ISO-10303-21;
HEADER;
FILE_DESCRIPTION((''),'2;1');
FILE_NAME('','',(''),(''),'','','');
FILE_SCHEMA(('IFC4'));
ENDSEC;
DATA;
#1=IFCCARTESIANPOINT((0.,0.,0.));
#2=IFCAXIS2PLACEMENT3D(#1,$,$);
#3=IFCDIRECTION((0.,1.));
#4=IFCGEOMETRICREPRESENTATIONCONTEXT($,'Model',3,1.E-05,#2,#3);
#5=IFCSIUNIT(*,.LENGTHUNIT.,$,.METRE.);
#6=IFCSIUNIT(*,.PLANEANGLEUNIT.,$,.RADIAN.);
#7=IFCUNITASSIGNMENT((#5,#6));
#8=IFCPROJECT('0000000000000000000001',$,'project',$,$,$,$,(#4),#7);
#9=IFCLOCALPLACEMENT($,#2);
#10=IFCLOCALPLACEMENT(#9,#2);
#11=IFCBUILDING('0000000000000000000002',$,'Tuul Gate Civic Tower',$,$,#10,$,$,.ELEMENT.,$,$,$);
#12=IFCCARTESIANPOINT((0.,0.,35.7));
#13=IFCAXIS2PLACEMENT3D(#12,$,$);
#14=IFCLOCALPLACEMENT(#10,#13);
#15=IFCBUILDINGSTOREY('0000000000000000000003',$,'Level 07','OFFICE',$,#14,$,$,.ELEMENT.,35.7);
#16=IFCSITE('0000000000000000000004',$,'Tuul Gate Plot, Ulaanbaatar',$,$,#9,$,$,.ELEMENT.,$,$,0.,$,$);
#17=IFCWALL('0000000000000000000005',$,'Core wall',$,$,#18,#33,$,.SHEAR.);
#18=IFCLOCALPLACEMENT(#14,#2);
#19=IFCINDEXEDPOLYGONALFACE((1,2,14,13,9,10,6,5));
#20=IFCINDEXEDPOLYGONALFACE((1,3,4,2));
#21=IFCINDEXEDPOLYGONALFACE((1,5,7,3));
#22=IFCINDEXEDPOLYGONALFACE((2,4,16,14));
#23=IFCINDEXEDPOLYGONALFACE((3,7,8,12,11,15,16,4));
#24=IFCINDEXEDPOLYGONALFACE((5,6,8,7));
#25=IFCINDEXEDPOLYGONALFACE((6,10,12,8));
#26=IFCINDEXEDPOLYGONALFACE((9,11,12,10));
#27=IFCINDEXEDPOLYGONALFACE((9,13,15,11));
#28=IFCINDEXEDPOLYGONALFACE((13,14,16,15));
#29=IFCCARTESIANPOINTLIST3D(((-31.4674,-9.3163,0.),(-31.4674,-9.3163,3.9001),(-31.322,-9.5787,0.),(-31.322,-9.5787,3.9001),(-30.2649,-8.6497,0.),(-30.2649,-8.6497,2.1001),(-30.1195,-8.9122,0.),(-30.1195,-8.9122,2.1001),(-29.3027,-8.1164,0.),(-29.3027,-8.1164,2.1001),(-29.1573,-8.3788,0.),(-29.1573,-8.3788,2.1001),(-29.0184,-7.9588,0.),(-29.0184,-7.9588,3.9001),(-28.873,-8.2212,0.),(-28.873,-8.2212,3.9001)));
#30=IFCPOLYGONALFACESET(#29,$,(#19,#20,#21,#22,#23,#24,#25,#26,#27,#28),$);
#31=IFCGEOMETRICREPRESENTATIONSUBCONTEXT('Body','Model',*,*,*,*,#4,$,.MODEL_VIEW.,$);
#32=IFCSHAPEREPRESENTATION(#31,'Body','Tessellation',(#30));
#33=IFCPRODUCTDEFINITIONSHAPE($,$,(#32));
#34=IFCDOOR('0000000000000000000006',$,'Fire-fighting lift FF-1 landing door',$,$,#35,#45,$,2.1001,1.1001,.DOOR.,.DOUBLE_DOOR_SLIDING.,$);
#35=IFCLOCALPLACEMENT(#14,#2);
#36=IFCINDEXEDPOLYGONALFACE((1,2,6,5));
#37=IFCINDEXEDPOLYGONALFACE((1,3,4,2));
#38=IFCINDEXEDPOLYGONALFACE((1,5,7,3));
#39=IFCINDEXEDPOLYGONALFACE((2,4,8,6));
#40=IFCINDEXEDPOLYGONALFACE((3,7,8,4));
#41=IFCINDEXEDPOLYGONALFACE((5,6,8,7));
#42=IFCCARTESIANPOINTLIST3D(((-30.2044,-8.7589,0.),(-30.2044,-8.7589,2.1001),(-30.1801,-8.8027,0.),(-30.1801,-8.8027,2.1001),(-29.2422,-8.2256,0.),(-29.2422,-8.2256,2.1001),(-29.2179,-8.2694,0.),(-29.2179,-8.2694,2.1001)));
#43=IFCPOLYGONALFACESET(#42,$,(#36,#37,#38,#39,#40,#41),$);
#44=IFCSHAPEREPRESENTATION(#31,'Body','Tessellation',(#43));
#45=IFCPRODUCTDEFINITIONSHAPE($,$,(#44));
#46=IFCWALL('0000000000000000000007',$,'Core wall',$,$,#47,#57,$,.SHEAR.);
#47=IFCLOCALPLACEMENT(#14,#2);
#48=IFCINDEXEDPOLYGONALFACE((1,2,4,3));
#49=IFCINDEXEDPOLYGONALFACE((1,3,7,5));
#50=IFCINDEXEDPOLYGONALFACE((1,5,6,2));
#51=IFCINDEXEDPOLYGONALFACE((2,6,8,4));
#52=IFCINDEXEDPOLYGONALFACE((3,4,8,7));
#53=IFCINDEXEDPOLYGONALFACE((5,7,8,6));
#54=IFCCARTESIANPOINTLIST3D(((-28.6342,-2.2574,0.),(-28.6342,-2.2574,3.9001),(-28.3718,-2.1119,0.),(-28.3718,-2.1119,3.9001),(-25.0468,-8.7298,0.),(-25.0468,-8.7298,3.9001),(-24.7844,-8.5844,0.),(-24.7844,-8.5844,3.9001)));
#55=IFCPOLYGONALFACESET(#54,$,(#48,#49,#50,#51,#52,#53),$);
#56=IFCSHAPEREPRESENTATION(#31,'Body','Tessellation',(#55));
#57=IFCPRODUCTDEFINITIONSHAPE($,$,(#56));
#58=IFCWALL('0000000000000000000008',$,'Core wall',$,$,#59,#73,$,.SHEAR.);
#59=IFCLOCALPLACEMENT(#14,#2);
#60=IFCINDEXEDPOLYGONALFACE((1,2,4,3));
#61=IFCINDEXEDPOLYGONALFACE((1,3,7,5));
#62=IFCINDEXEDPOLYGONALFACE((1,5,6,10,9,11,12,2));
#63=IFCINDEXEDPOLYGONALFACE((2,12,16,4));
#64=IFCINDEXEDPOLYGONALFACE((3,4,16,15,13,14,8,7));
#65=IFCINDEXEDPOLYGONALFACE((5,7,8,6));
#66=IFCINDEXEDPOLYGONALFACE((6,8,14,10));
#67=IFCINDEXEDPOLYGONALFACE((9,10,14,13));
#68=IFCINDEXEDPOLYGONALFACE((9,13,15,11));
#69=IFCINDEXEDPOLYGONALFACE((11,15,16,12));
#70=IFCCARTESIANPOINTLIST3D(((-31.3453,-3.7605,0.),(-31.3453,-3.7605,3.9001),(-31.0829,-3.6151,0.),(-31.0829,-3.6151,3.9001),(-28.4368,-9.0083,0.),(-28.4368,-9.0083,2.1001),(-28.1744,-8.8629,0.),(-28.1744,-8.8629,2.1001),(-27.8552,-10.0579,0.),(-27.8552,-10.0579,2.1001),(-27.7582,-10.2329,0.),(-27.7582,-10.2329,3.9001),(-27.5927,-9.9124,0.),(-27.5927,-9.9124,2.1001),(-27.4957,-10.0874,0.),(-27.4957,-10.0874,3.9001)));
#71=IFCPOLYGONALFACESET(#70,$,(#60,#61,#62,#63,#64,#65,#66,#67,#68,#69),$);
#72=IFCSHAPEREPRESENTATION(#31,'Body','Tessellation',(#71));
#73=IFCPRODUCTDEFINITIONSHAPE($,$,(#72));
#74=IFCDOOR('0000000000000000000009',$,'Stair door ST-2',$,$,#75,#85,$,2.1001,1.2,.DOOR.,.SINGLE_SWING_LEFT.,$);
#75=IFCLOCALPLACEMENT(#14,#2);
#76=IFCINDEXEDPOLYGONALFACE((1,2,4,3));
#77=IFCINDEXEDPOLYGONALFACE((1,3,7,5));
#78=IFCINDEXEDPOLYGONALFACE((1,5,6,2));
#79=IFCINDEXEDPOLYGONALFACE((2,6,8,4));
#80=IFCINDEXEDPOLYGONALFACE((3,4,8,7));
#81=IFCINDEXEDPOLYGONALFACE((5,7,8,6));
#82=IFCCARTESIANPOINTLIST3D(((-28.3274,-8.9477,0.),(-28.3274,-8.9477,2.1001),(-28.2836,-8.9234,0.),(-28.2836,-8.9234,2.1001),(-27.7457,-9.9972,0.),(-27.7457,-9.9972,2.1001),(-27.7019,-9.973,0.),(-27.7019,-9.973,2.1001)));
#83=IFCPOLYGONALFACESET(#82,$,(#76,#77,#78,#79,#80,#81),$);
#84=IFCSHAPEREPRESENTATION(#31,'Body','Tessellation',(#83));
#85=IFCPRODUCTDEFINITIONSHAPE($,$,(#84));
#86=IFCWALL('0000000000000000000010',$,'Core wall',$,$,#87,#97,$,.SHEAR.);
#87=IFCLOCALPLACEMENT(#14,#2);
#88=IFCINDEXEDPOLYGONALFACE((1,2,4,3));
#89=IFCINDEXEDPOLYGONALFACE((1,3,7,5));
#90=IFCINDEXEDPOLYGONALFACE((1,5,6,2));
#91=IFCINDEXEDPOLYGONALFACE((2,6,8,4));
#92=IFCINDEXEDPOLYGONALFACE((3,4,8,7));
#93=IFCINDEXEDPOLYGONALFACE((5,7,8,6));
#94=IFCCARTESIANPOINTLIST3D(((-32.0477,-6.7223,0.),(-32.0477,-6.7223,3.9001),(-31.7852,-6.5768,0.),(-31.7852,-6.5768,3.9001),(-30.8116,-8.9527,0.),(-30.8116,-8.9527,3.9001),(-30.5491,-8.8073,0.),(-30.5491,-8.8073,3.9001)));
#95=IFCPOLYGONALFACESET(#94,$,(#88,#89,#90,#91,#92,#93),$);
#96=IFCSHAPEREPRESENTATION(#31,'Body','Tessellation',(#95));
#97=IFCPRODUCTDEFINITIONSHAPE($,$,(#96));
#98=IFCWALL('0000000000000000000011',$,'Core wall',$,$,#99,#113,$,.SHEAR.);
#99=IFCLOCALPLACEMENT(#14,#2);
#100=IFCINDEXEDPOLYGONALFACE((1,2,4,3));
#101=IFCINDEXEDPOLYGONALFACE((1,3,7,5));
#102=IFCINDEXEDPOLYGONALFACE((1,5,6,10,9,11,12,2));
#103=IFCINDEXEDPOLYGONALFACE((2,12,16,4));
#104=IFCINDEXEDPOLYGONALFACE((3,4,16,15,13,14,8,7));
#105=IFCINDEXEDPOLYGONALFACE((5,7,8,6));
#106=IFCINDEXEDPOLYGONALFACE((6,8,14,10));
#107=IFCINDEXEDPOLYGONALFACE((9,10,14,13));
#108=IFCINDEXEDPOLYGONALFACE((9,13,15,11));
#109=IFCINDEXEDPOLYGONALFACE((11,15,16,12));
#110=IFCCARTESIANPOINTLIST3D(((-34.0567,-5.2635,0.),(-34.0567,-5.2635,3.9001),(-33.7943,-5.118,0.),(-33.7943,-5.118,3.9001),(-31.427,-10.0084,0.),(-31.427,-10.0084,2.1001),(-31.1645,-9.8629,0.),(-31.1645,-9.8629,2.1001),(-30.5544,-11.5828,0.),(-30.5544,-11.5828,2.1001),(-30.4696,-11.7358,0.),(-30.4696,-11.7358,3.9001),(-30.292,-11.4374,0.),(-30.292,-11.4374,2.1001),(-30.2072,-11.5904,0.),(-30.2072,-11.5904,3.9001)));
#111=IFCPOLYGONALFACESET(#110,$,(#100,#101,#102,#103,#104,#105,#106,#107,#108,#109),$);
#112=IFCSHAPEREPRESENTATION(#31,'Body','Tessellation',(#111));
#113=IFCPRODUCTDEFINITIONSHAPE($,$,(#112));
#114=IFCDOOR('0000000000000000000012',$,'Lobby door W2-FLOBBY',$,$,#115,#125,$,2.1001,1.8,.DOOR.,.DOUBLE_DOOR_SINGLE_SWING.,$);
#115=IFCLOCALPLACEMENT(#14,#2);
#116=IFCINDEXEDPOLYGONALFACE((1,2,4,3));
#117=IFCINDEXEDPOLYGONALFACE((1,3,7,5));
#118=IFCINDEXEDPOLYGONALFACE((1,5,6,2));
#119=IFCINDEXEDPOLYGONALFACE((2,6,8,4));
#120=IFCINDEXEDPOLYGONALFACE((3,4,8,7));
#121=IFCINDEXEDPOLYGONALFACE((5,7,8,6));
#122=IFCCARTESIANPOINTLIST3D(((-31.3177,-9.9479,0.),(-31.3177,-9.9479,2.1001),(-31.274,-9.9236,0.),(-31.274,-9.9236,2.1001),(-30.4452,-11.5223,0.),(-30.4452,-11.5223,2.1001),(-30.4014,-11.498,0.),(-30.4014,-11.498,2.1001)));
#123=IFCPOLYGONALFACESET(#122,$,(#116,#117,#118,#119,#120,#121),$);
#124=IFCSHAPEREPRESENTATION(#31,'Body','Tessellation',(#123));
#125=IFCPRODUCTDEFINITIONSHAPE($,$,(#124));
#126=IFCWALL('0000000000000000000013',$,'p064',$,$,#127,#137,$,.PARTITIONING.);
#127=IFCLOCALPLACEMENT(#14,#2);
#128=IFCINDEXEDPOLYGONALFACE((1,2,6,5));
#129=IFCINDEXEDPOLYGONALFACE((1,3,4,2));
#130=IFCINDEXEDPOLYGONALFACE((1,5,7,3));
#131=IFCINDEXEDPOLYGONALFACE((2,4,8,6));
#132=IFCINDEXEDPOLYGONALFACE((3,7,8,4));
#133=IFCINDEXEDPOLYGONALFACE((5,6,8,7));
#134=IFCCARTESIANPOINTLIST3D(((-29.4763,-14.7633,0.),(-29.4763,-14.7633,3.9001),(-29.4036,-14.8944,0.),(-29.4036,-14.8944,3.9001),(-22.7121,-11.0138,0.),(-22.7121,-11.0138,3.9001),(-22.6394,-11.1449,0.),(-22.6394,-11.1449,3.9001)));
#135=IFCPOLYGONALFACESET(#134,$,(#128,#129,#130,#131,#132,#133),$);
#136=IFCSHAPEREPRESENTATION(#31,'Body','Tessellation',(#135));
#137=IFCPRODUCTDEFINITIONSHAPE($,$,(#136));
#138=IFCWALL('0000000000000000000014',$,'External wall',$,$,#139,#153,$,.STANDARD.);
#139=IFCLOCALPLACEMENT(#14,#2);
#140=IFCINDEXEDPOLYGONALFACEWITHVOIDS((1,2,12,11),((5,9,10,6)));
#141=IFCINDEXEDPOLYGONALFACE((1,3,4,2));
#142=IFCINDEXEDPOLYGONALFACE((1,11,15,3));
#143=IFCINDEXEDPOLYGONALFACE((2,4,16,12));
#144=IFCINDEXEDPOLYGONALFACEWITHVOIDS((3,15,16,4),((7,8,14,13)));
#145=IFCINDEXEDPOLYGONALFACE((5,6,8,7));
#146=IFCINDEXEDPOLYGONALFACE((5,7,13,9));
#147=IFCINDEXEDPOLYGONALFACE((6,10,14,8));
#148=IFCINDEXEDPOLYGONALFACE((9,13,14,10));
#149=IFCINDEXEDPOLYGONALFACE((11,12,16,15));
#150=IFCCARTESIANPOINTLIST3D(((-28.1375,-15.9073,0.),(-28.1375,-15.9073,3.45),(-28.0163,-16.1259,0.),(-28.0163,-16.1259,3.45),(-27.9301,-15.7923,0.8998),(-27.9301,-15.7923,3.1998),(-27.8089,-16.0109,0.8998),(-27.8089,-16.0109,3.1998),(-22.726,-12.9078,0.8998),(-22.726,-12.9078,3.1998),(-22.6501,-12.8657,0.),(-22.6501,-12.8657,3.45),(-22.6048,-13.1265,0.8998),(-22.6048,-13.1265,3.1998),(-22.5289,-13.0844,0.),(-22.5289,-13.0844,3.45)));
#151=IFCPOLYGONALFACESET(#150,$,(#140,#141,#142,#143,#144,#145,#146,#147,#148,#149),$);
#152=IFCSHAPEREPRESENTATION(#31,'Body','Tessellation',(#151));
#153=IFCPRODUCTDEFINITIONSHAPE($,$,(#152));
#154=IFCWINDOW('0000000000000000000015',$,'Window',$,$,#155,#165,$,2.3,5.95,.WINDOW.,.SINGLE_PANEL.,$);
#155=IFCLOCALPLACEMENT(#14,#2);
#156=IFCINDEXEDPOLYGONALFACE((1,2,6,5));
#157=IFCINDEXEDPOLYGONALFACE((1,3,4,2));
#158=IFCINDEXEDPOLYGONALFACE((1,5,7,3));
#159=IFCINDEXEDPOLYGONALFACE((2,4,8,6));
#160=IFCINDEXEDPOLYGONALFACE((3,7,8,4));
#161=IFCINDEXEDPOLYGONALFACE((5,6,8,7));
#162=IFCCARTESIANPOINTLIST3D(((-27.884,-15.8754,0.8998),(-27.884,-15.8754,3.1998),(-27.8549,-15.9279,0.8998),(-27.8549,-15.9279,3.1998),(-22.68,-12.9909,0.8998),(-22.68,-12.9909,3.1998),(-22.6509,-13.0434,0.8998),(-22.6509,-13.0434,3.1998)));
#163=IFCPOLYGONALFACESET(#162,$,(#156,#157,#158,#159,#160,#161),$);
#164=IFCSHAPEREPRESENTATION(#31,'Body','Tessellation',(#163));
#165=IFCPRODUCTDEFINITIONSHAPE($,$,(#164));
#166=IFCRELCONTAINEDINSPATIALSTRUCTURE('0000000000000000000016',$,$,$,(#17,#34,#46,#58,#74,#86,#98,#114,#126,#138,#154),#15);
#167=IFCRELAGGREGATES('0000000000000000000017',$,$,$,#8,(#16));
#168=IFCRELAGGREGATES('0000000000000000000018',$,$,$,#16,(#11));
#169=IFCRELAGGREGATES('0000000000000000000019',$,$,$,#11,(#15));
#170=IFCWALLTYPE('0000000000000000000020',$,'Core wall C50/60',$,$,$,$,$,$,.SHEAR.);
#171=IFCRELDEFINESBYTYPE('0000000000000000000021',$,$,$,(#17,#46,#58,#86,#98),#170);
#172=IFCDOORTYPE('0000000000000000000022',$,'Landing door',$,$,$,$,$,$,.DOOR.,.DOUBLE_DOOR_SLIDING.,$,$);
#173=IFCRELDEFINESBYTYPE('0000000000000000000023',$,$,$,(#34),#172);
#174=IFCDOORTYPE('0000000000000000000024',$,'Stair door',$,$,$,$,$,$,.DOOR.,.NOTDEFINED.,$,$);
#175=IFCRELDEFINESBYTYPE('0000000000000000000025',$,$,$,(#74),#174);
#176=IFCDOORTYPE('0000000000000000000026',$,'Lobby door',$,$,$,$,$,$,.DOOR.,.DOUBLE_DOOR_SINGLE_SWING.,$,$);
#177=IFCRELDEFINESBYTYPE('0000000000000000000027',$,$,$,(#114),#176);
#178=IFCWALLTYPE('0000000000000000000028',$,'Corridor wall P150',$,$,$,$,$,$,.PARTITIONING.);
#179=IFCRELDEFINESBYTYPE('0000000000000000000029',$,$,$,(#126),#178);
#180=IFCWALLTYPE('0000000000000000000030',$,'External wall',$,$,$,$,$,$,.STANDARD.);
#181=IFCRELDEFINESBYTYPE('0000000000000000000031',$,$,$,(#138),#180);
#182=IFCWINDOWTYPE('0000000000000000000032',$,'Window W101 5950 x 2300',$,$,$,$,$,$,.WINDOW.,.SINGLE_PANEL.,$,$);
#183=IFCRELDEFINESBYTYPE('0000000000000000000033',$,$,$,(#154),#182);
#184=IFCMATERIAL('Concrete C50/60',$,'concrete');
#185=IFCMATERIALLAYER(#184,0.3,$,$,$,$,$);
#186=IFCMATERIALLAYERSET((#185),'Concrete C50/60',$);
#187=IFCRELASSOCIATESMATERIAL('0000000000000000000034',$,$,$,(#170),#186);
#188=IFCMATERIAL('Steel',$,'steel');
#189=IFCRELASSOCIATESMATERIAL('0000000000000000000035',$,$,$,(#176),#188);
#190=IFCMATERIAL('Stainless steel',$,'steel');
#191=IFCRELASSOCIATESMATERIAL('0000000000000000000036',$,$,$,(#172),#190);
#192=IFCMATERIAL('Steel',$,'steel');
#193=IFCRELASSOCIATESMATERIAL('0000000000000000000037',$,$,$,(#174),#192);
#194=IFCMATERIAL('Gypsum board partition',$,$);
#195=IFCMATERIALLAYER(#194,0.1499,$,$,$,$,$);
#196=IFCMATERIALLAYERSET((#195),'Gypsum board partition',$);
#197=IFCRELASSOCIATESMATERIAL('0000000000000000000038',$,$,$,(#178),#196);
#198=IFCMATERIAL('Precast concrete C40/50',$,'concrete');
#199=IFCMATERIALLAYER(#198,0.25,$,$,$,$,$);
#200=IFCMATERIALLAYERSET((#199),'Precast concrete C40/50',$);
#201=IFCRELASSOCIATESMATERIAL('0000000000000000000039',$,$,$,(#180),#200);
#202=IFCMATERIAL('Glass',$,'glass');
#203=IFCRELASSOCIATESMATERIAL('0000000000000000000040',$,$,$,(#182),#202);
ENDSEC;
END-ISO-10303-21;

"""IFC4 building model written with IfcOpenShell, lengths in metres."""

from ifc_helpers import new_model, si_unit, direction, frame, frame_2d, origin, place, context, subcontext, project, spatial, rectangle, extrude, material, layer, layer_set, type_object, element, fill, save


model = new_model("IFC4")

# Units and contexts
model_context = context("Model", 3, precision=1e-05, world=origin(), true_north=direction((0.0, 1.0)))
body_context = subcontext(model_context, "Body", "Model", "MODEL_VIEW")
ifc_project = project(units=[si_unit("LENGTHUNIT", "METRE"), si_unit("PLANEANGLEUNIT", "RADIAN")], contexts=[model_context])

# Site, building, storey
site_placement = place(None, origin())
site = spatial("IfcSite", under=ifc_project, at=site_placement, Name="Tuul Gate Plot, Ulaanbaatar", CompositionType="ELEMENT", RefElevation=0.0)
building_placement = place(site_placement, origin())
building = spatial("IfcBuilding", under=site, at=building_placement, Name="Tuul Gate Civic Tower", CompositionType="ELEMENT")
storey_placement = place(building_placement, frame((0.0, 0.0, 35.7)))
storey = spatial("IfcBuildingStorey", under=building, at=storey_placement, Name="Level 07", Description="OFFICE", CompositionType="ELEMENT", Elevation=35.7)

# Shared definitions
ifc_material_1 = material(Name="Concrete C50/60", Category="concrete")
ifc_layer_1 = layer(ifc_material_1, 0.3)
ifc_layer_set_1 = layer_set([ifc_layer_1], Name="Concrete C50/60")
wall_type_1 = type_object("IfcWallType", Name="Core wall C50/60", PredefinedType="SHEAR", material=ifc_layer_set_1)
ifc_material_2 = material(Name="Steel", Category="steel")
door_type_1 = type_object("IfcDoorType", Name="Lobby door", OperationType="DOUBLE_DOOR_SINGLE_SWING", PredefinedType="DOOR", material=ifc_material_2)

# Wall, opening, door
wall_1_placement = place(storey_placement, frame((-28.9458, -8.0901, 0.0), z_axis=(0.0, 0.0, 1.0), x_axis=(-0.87463, -0.484791, 0.0)))
wall_1 = element("IfcWall", 1, at=wall_1_placement, inside=storey, type_object=wall_type_1, Name="Core wall", PredefinedType="SHEAR", context=body_context, shape_type="SweptSolid", body=[
    extrude(rectangle(XDim=2.8, YDim=0.3, at=frame_2d((1.3999, 0.0))), origin(), (0.0, 0.0, 1.0), 3.9001),
])
opening_1_placement = place(wall_1_placement, frame((0.325, 0.0, 0.0)))
opening_1 = element("IfcOpeningElement", 2, at=opening_1_placement, cuts=wall_1, PredefinedType="OPENING", context=body_context, shape_type="SweptSolid", body=[
    extrude(rectangle(XDim=1.1001, YDim=2.1001, at=frame_2d((0.55, 1.05))), frame((0.0, 0.1602, 0.0), z_axis=(0.0, -1.0, 0.0), x_axis=(1.0, 0.0, 0.0)), (0.0, 0.0, 1.0), 0.3201),
])
ifc_material_3 = material(Name="Stainless steel", Category="steel")
door_type_2 = type_object("IfcDoorType", Name="Landing door", OperationType="DOUBLE_DOOR_SLIDING", PredefinedType="DOOR", material=ifc_material_3)
door_1_placement = place(opening_1_placement, origin())
door_1 = element("IfcDoor", 3, at=door_1_placement, inside=storey, type_object=door_type_2, Name="Fire-fighting lift FF-1 landing door", OperationType="DOUBLE_DOOR_SLIDING", OverallHeight=2.1001, OverallWidth=1.1001, PredefinedType="DOOR", context=body_context, shape_type="SweptSolid", body=[
    extrude(rectangle(XDim=1.1001, YDim=2.1001, at=frame_2d((0.55, 1.05))), frame((0.0, 0.0249, 0.0), z_axis=(0.0, -1.0, 0.0), x_axis=(1.0, 0.0, 0.0)), (0.0, 0.0, 1.0), 0.05),
])
fill(opening_1, door_1)

# Wall
wall_2_placement = place(storey_placement, frame((-24.9155, -8.6572, 0.0), z_axis=(0.0, 0.0, 1.0), x_axis=(-0.484777, 0.874638, 0.0)))
element("IfcWall", 4, at=wall_2_placement, inside=storey, type_object=wall_type_1, Name="Core wall", PredefinedType="SHEAR", context=body_context, shape_type="SweptSolid", body=[
    extrude(rectangle(XDim=7.4001, YDim=0.3, at=frame_2d((3.7002, 0.0))), origin(), (0.0, 0.0, 1.0), 3.9001),
])

# Wall, opening, door
wall_3_placement = place(storey_placement, frame((-27.627, -10.1602, 0.0), z_axis=(0.0, 0.0, 1.0), x_axis=(-0.484752, 0.874652, 0.0)))
wall_3 = element("IfcWall", 5, at=wall_3_placement, inside=storey, type_object=wall_type_1, Name="Core wall", PredefinedType="SHEAR", context=body_context, shape_type="SweptSolid", body=[
    extrude(rectangle(XDim=7.3999, YDim=0.3, at=frame_2d((3.7, 0.0))), origin(), (0.0, 0.0, 1.0), 3.9001),
])
opening_2_placement = place(wall_3_placement, frame((0.2, 0.0, 0.0)))
opening_2 = element("IfcOpeningElement", 6, at=opening_2_placement, cuts=wall_3, PredefinedType="OPENING", context=body_context, shape_type="SweptSolid", body=[
    extrude(rectangle(XDim=1.2, YDim=2.1001, at=frame_2d((0.6001, 1.05))), frame((0.0, 0.1602, 0.0), z_axis=(0.0, -1.0, 0.0), x_axis=(1.0, 0.0, 0.0)), (0.0, 0.0, 1.0), 0.3201),
])
ifc_material_4 = material(Name="Steel", Category="steel")
door_type_3 = type_object("IfcDoorType", Name="Stair door", OperationType="NOTDEFINED", PredefinedType="DOOR", material=ifc_material_4)
door_2_placement = place(opening_2_placement, origin())
door_2 = element("IfcDoor", 7, at=door_2_placement, inside=storey, type_object=door_type_3, Name="Stair door ST-2", OperationType="SINGLE_SWING_LEFT", OverallHeight=2.1001, OverallWidth=1.2, PredefinedType="DOOR", context=body_context, shape_type="SweptSolid", body=[
    extrude(rectangle(XDim=1.2, YDim=2.1001, at=frame_2d((0.6001, 1.05))), frame((0.0, 0.0249, 0.0), z_axis=(0.0, -1.0, 0.0), x_axis=(1.0, 0.0, 0.0)), (0.0, 0.0, 1.0), 0.05),
])
fill(opening_2, door_2)

# Wall
wall_4_placement = place(storey_placement, frame((-30.6804, -8.8799, 0.0), z_axis=(0.0, 0.0, 1.0), x_axis=(-0.484724, 0.874667, 0.0)))
element("IfcWall", 8, at=wall_4_placement, inside=storey, type_object=wall_type_1, Name="Core wall", PredefinedType="SHEAR", context=body_context, shape_type="SweptSolid", body=[
    extrude(rectangle(XDim=2.55, YDim=0.3, at=frame_2d((1.2749, 0.0))), origin(), (0.0, 0.0, 1.0), 3.9001),
])

# Wall, opening, door
wall_5_placement = place(storey_placement, frame((-30.3384, -11.6631, 0.0), z_axis=(0.0, 0.0, 1.0), x_axis=(-0.484752, 0.874652, 0.0)))
wall_5 = element("IfcWall", 9, at=wall_5_placement, inside=storey, type_object=wall_type_1, Name="Core wall", PredefinedType="SHEAR", context=body_context, shape_type="SweptSolid", body=[
    extrude(rectangle(XDim=7.3999, YDim=0.3, at=frame_2d((3.7, 0.0))), origin(), (0.0, 0.0, 1.0), 3.9001),
])
opening_3_placement = place(wall_5_placement, frame((0.175, 0.0, 0.0)))
opening_3 = element("IfcOpeningElement", 10, at=opening_3_placement, cuts=wall_5, PredefinedType="OPENING", context=body_context, shape_type="SweptSolid", body=[
    extrude(rectangle(XDim=1.8, YDim=2.1001, at=frame_2d((0.8999, 1.05))), frame((0.0, 0.1602, 0.0), z_axis=(0.0, -1.0, 0.0), x_axis=(1.0, 0.0, 0.0)), (0.0, 0.0, 1.0), 0.3201),
])
door_3_placement = place(opening_3_placement, frame((1.8, 0.0, 0.0), z_axis=(0.0, 0.0, 1.0), x_axis=(-1.0, 0.0, 0.0)))
door_3 = element("IfcDoor", 11, at=door_3_placement, inside=storey, type_object=door_type_1, Name="Lobby door W2-FLOBBY", OperationType="DOUBLE_DOOR_SINGLE_SWING", OverallHeight=2.1001, OverallWidth=1.8, PredefinedType="DOOR", context=body_context, shape_type="SweptSolid", body=[
    extrude(rectangle(XDim=1.8, YDim=2.1001, at=frame_2d((0.9001, 1.05))), frame((0.0, 0.0249, 0.0), z_axis=(0.0, -1.0, 0.0), x_axis=(1.0, 0.0, 0.0)), (0.0, 0.0, 1.0), 0.05),
])
fill(opening_3, door_3)

# Wall
ifc_material_5 = material(Name="Gypsum board partition")
ifc_layer_2 = layer(ifc_material_5, 0.1499)
ifc_layer_set_2 = layer_set([ifc_layer_2], Name="Gypsum board partition")
wall_type_2 = type_object("IfcWallType", Name="Corridor wall P150", PredefinedType="PARTITIONING", material=ifc_layer_set_2)
wall_6_placement = place(storey_placement, frame((-29.4399, -14.8289, 0.0), z_axis=(0.0, 0.0, 1.0), x_axis=(0.874616, 0.484817, 0.0)))
element("IfcWall", 12, at=wall_6_placement, inside=storey, type_object=wall_type_2, Name="p064", PredefinedType="PARTITIONING", context=body_context, shape_type="SweptSolid", body=[
    extrude(rectangle(XDim=7.7339, YDim=0.1499, at=frame_2d((3.8669, 0.0))), origin(), (0.0, 0.0, 1.0), 3.9001),
])

# Wall, opening, window
ifc_material_6 = material(Name="Precast concrete C40/50", Category="concrete")
ifc_layer_3 = layer(ifc_material_6, 0.25)
ifc_layer_set_3 = layer_set([ifc_layer_3], Name="Precast concrete C40/50")
wall_type_3 = type_object("IfcWallType", Name="External wall", PredefinedType="STANDARD", material=ifc_layer_set_3)
wall_7_placement = place(storey_placement, frame((-28.0769, -16.0166, 0.0), z_axis=(0.0, 0.0, 1.0), x_axis=(0.87463, 0.48479, 0.0)))
wall_7 = element("IfcWall", 13, at=wall_7_placement, inside=storey, type_object=wall_type_3, Name="External wall", PredefinedType="STANDARD", context=body_context, shape_type="SweptSolid", body=[
    extrude(rectangle(XDim=6.2739, YDim=0.25, at=frame_2d((3.137, 0.0))), origin(), (0.0, 0.0, 1.0), 3.45),
])
opening_4_placement = place(wall_7_placement, frame((0.2371, 0.0, 0.8999)))
opening_4 = element("IfcOpeningElement", 14, at=opening_4_placement, cuts=wall_7, PredefinedType="OPENING", context=body_context, shape_type="SweptSolid", body=[
    extrude(rectangle(XDim=5.95, YDim=2.3, at=frame_2d((2.9751, 1.1499))), frame((0.0, 0.135, 0.0), z_axis=(0.0, -1.0, 0.0), x_axis=(1.0, 0.0, 0.0)), (0.0, 0.0, 1.0), 0.27),
])
ifc_material_7 = material(Name="Glass", Category="glass")
window_type = type_object("IfcWindowType", Name="Window W101 5950 x 2300", PartitioningType="SINGLE_PANEL", PredefinedType="WINDOW", material=ifc_material_7)
window_placement = place(opening_4_placement, origin())
window = element("IfcWindow", 15, at=window_placement, inside=storey, type_object=window_type, Name="Window", OverallHeight=2.3, OverallWidth=5.95, PartitioningType="SINGLE_PANEL", PredefinedType="WINDOW", context=body_context, shape_type="SweptSolid", body=[
    extrude(rectangle(XDim=5.95, YDim=2.3, at=frame_2d((2.9751, 1.1499))), frame((0.0, 0.03, 0.0), z_axis=(0.0, -1.0, 0.0), x_axis=(1.0, 0.0, 0.0)), (0.0, 0.0, 1.0), 0.0601),
])
fill(opening_4, window)

save(model, "model.ifc")
